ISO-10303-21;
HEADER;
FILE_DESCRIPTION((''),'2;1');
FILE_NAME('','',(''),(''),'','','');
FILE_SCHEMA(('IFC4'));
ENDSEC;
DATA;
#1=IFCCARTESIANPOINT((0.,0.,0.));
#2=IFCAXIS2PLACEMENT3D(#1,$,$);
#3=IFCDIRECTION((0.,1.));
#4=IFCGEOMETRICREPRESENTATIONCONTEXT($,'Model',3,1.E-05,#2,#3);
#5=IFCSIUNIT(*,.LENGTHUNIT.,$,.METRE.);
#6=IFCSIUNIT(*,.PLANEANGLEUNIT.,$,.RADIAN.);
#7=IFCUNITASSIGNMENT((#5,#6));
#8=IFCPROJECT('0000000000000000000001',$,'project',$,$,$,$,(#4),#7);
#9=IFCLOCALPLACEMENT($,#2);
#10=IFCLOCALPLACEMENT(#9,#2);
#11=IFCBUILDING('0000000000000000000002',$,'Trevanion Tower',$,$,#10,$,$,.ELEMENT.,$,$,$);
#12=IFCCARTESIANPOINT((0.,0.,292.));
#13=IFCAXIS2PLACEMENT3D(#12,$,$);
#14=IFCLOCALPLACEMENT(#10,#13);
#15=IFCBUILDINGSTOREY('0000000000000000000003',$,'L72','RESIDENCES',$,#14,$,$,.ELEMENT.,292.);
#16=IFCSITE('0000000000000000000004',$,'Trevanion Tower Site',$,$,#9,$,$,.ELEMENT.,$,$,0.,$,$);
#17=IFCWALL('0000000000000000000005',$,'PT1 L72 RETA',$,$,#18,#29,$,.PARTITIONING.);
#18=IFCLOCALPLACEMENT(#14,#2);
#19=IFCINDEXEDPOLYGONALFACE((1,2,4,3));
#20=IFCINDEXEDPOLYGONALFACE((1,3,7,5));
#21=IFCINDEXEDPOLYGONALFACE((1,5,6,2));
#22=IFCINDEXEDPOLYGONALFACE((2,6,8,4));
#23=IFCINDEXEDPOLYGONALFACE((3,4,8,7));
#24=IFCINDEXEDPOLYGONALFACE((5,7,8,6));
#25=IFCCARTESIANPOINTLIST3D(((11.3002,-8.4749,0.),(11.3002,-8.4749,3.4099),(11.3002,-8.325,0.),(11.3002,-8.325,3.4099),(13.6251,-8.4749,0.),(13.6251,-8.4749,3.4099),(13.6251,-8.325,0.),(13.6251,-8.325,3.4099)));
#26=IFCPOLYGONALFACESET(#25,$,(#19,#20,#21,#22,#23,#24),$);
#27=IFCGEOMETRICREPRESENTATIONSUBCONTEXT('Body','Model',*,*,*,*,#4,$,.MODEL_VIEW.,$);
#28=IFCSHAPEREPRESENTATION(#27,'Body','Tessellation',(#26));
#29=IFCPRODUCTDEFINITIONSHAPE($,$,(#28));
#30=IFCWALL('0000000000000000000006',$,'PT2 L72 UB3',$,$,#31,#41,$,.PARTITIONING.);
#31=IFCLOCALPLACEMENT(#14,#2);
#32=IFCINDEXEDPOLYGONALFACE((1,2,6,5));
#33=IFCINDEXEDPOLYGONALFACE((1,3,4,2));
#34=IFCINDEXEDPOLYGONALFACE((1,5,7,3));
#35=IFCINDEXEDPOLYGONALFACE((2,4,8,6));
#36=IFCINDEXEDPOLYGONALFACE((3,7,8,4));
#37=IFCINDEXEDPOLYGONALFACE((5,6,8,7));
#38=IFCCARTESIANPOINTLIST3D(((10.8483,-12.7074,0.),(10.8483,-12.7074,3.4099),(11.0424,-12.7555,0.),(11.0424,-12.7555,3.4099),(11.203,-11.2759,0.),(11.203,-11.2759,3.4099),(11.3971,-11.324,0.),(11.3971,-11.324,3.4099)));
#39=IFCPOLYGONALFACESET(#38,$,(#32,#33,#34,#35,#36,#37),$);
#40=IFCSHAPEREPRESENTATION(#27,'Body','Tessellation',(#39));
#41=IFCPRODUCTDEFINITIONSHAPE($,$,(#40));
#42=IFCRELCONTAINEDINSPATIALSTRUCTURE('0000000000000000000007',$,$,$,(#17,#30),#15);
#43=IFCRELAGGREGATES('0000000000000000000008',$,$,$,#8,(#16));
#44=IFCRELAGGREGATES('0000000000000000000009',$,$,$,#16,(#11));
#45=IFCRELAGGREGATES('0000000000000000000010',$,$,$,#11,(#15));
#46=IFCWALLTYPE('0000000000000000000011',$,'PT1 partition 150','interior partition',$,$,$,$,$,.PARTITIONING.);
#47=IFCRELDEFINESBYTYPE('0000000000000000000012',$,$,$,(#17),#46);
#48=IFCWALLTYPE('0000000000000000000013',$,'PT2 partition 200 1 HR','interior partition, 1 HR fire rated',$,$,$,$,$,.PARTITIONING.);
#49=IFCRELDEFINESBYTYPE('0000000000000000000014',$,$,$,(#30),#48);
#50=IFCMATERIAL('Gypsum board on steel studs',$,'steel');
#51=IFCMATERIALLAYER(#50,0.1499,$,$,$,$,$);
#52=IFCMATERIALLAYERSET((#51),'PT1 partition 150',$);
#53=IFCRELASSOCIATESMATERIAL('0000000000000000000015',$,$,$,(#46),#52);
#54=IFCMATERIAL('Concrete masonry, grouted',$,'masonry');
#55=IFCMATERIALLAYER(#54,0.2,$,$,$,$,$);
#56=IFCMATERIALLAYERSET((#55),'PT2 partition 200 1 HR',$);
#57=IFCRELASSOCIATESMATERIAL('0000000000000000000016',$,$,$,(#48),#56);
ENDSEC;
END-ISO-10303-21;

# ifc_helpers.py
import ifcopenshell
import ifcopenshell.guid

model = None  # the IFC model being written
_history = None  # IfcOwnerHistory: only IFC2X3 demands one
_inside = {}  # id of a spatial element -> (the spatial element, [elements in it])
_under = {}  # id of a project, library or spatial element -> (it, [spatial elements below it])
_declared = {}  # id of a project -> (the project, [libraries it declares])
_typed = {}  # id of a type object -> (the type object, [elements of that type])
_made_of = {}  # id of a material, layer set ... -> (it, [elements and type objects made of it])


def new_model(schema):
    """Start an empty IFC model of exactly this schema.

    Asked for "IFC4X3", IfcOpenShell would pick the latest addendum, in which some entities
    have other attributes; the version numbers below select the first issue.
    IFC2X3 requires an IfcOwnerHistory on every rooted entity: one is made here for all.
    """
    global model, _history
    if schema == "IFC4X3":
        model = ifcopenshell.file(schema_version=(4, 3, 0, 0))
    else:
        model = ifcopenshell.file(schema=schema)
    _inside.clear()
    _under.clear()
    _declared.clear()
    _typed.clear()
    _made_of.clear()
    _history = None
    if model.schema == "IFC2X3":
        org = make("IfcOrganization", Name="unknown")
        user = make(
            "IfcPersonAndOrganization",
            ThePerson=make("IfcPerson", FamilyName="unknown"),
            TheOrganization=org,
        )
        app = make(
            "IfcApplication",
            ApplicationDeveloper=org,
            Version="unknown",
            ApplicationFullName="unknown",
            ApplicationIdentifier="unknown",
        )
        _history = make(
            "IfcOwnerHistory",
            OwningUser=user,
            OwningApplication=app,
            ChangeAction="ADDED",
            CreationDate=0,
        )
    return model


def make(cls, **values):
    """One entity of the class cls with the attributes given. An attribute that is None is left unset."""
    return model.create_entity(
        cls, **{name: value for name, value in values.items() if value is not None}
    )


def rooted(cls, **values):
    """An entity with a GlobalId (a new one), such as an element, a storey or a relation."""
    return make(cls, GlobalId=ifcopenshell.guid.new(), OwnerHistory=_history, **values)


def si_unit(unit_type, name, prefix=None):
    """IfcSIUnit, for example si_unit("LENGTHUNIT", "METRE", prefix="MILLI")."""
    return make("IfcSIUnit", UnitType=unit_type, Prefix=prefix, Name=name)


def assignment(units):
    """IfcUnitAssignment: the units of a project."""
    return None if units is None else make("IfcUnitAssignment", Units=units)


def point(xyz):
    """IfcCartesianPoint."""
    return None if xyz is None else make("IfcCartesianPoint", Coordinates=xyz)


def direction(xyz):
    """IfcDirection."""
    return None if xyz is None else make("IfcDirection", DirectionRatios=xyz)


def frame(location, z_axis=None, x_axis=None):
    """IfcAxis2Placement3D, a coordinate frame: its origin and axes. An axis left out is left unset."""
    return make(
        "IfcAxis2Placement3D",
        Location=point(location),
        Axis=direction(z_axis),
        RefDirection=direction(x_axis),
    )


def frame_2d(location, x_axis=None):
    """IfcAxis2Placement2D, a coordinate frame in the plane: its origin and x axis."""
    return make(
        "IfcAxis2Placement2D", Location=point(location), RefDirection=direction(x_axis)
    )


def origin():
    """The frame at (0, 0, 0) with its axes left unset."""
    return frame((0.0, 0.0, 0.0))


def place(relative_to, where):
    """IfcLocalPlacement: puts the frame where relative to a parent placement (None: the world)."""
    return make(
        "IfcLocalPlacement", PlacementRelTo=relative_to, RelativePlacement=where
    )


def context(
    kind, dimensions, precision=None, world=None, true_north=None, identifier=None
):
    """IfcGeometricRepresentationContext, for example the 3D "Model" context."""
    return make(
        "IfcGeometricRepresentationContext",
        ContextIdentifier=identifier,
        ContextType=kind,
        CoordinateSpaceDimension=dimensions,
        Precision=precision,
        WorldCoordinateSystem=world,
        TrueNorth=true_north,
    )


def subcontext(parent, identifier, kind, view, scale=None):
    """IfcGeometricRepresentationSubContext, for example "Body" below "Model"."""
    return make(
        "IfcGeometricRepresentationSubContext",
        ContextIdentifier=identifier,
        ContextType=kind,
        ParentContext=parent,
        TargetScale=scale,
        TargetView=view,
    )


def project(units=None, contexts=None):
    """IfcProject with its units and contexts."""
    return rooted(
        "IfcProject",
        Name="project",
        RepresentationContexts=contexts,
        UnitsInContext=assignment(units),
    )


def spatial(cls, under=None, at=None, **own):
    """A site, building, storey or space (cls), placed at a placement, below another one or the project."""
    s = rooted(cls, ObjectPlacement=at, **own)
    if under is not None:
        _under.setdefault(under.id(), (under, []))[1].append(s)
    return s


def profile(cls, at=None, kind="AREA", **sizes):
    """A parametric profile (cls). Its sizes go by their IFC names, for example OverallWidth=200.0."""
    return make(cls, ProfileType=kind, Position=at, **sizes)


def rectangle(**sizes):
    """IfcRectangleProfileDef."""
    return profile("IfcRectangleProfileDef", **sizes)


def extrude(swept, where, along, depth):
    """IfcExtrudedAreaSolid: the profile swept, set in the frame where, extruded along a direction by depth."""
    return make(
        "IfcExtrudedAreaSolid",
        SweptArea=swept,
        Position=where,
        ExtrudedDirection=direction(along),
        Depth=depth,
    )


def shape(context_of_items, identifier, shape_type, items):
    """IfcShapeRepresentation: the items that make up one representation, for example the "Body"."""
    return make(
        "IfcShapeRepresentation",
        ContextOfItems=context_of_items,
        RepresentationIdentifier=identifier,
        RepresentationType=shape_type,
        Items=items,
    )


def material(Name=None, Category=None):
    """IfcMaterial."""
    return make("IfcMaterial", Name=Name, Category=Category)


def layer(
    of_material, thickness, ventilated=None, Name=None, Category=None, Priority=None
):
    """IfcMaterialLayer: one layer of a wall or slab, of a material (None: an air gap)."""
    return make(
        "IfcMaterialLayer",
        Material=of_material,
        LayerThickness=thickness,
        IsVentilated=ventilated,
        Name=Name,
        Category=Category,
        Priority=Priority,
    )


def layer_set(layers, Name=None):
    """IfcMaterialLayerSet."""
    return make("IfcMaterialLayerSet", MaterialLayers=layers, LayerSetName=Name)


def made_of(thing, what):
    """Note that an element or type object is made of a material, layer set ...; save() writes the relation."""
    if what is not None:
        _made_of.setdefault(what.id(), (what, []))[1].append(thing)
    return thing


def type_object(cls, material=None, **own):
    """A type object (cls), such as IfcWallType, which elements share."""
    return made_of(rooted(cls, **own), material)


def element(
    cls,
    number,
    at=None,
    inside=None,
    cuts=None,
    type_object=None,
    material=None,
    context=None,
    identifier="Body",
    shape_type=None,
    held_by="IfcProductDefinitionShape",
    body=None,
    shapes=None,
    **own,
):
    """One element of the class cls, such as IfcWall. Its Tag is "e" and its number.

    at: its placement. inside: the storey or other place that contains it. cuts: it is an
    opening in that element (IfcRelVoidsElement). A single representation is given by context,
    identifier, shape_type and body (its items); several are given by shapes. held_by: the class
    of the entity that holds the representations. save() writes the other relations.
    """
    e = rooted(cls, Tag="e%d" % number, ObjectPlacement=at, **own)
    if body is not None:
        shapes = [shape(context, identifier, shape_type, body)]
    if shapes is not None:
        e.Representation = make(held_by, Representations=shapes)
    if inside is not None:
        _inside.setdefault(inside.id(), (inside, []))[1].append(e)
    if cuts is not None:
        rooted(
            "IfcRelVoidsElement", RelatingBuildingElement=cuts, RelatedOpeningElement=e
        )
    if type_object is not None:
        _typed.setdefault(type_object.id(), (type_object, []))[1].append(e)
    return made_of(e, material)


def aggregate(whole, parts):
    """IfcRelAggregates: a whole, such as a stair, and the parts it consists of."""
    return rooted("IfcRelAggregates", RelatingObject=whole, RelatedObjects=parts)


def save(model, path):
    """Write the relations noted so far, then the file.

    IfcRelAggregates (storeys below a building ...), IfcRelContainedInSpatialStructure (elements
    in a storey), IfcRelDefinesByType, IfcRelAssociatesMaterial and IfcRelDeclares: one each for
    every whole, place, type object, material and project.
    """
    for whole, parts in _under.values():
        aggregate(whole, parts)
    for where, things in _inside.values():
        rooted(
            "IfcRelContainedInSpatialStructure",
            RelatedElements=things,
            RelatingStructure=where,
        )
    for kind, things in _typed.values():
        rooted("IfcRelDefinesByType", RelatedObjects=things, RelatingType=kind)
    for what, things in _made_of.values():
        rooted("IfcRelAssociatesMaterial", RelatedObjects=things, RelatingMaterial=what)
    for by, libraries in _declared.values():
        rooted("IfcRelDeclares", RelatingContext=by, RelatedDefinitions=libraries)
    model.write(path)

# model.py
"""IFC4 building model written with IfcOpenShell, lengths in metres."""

from ifc_helpers import new_model, si_unit, direction, frame, frame_2d, origin, place, context, subcontext, project, spatial, rectangle, extrude, material, layer, layer_set, type_object, element, save


model = new_model("IFC4")

# Units and contexts
model_context = context("Model", 3, precision=1e-05, world=origin(), true_north=direction((0.0, 1.0)))
body_context = subcontext(model_context, "Body", "Model", "MODEL_VIEW")
ifc_project = project(units=[si_unit("LENGTHUNIT", "METRE"), si_unit("PLANEANGLEUNIT", "RADIAN")], contexts=[model_context])

# Site, building, storey
site_placement = place(None, origin())
site = spatial("IfcSite", under=ifc_project, at=site_placement, Name="Trevanion Tower Site", CompositionType="ELEMENT", RefElevation=0.0)
building_placement = place(site_placement, origin())
building = spatial("IfcBuilding", under=site, at=building_placement, Name="Trevanion Tower", CompositionType="ELEMENT")
storey_placement = place(building_placement, frame((0.0, 0.0, 292.0)))
storey = spatial("IfcBuildingStorey", under=building, at=storey_placement, Name="L72", Description="RESIDENCES", CompositionType="ELEMENT", Elevation=292.0)

# Walls
ifc_material_1 = material(Name="Gypsum board on steel studs", Category="steel")
ifc_layer_1 = layer(ifc_material_1, 0.1499)
ifc_layer_set_1 = layer_set([ifc_layer_1], Name="PT1 partition 150")
wall_type_1 = type_object("IfcWallType", Name="PT1 partition 150", Description="interior partition", PredefinedType="PARTITIONING", material=ifc_layer_set_1)
wall_1_placement = place(storey_placement, frame((11.3, -8.3999, 0.0), z_axis=(0.0, 0.0, 1.0), x_axis=(1.0, 0.0, 0.0)))
element("IfcWall", 1, at=wall_1_placement, inside=storey, type_object=wall_type_1, Name="PT1 L72 RETA", PredefinedType="PARTITIONING", context=body_context, shape_type="SweptSolid", body=[
    extrude(rectangle(XDim=2.325, YDim=0.1499, at=frame_2d((1.1626, 0.0))), origin(), (0.0, 0.0, 1.0), 3.4099),
])
ifc_material_2 = material(Name="Concrete masonry, grouted", Category="masonry")
ifc_layer_2 = layer(ifc_material_2, 0.2)
ifc_layer_set_2 = layer_set([ifc_layer_2], Name="PT2 partition 200 1 HR")
wall_type_2 = type_object("IfcWallType", Name="PT2 partition 200 1 HR", Description="interior partition, 1 HR fire rated", PredefinedType="PARTITIONING", material=ifc_layer_set_2)
wall_2_placement = place(storey_placement, frame((11.3, -11.3, 0.0), z_axis=(0.0, 0.0, 1.0), x_axis=(-0.24051, -0.970647, 0.0)))
element("IfcWall", 2, at=wall_2_placement, inside=storey, type_object=wall_type_2, Name="PT2 L72 UB3", PredefinedType="PARTITIONING", context=body_context, shape_type="SweptSolid", body=[
    extrude(rectangle(XDim=1.4749, YDim=0.2, at=frame_2d((0.7373, 0.0))), origin(), (0.0, 0.0, 1.0), 3.4099),
])

save(model, "model.ifc")
